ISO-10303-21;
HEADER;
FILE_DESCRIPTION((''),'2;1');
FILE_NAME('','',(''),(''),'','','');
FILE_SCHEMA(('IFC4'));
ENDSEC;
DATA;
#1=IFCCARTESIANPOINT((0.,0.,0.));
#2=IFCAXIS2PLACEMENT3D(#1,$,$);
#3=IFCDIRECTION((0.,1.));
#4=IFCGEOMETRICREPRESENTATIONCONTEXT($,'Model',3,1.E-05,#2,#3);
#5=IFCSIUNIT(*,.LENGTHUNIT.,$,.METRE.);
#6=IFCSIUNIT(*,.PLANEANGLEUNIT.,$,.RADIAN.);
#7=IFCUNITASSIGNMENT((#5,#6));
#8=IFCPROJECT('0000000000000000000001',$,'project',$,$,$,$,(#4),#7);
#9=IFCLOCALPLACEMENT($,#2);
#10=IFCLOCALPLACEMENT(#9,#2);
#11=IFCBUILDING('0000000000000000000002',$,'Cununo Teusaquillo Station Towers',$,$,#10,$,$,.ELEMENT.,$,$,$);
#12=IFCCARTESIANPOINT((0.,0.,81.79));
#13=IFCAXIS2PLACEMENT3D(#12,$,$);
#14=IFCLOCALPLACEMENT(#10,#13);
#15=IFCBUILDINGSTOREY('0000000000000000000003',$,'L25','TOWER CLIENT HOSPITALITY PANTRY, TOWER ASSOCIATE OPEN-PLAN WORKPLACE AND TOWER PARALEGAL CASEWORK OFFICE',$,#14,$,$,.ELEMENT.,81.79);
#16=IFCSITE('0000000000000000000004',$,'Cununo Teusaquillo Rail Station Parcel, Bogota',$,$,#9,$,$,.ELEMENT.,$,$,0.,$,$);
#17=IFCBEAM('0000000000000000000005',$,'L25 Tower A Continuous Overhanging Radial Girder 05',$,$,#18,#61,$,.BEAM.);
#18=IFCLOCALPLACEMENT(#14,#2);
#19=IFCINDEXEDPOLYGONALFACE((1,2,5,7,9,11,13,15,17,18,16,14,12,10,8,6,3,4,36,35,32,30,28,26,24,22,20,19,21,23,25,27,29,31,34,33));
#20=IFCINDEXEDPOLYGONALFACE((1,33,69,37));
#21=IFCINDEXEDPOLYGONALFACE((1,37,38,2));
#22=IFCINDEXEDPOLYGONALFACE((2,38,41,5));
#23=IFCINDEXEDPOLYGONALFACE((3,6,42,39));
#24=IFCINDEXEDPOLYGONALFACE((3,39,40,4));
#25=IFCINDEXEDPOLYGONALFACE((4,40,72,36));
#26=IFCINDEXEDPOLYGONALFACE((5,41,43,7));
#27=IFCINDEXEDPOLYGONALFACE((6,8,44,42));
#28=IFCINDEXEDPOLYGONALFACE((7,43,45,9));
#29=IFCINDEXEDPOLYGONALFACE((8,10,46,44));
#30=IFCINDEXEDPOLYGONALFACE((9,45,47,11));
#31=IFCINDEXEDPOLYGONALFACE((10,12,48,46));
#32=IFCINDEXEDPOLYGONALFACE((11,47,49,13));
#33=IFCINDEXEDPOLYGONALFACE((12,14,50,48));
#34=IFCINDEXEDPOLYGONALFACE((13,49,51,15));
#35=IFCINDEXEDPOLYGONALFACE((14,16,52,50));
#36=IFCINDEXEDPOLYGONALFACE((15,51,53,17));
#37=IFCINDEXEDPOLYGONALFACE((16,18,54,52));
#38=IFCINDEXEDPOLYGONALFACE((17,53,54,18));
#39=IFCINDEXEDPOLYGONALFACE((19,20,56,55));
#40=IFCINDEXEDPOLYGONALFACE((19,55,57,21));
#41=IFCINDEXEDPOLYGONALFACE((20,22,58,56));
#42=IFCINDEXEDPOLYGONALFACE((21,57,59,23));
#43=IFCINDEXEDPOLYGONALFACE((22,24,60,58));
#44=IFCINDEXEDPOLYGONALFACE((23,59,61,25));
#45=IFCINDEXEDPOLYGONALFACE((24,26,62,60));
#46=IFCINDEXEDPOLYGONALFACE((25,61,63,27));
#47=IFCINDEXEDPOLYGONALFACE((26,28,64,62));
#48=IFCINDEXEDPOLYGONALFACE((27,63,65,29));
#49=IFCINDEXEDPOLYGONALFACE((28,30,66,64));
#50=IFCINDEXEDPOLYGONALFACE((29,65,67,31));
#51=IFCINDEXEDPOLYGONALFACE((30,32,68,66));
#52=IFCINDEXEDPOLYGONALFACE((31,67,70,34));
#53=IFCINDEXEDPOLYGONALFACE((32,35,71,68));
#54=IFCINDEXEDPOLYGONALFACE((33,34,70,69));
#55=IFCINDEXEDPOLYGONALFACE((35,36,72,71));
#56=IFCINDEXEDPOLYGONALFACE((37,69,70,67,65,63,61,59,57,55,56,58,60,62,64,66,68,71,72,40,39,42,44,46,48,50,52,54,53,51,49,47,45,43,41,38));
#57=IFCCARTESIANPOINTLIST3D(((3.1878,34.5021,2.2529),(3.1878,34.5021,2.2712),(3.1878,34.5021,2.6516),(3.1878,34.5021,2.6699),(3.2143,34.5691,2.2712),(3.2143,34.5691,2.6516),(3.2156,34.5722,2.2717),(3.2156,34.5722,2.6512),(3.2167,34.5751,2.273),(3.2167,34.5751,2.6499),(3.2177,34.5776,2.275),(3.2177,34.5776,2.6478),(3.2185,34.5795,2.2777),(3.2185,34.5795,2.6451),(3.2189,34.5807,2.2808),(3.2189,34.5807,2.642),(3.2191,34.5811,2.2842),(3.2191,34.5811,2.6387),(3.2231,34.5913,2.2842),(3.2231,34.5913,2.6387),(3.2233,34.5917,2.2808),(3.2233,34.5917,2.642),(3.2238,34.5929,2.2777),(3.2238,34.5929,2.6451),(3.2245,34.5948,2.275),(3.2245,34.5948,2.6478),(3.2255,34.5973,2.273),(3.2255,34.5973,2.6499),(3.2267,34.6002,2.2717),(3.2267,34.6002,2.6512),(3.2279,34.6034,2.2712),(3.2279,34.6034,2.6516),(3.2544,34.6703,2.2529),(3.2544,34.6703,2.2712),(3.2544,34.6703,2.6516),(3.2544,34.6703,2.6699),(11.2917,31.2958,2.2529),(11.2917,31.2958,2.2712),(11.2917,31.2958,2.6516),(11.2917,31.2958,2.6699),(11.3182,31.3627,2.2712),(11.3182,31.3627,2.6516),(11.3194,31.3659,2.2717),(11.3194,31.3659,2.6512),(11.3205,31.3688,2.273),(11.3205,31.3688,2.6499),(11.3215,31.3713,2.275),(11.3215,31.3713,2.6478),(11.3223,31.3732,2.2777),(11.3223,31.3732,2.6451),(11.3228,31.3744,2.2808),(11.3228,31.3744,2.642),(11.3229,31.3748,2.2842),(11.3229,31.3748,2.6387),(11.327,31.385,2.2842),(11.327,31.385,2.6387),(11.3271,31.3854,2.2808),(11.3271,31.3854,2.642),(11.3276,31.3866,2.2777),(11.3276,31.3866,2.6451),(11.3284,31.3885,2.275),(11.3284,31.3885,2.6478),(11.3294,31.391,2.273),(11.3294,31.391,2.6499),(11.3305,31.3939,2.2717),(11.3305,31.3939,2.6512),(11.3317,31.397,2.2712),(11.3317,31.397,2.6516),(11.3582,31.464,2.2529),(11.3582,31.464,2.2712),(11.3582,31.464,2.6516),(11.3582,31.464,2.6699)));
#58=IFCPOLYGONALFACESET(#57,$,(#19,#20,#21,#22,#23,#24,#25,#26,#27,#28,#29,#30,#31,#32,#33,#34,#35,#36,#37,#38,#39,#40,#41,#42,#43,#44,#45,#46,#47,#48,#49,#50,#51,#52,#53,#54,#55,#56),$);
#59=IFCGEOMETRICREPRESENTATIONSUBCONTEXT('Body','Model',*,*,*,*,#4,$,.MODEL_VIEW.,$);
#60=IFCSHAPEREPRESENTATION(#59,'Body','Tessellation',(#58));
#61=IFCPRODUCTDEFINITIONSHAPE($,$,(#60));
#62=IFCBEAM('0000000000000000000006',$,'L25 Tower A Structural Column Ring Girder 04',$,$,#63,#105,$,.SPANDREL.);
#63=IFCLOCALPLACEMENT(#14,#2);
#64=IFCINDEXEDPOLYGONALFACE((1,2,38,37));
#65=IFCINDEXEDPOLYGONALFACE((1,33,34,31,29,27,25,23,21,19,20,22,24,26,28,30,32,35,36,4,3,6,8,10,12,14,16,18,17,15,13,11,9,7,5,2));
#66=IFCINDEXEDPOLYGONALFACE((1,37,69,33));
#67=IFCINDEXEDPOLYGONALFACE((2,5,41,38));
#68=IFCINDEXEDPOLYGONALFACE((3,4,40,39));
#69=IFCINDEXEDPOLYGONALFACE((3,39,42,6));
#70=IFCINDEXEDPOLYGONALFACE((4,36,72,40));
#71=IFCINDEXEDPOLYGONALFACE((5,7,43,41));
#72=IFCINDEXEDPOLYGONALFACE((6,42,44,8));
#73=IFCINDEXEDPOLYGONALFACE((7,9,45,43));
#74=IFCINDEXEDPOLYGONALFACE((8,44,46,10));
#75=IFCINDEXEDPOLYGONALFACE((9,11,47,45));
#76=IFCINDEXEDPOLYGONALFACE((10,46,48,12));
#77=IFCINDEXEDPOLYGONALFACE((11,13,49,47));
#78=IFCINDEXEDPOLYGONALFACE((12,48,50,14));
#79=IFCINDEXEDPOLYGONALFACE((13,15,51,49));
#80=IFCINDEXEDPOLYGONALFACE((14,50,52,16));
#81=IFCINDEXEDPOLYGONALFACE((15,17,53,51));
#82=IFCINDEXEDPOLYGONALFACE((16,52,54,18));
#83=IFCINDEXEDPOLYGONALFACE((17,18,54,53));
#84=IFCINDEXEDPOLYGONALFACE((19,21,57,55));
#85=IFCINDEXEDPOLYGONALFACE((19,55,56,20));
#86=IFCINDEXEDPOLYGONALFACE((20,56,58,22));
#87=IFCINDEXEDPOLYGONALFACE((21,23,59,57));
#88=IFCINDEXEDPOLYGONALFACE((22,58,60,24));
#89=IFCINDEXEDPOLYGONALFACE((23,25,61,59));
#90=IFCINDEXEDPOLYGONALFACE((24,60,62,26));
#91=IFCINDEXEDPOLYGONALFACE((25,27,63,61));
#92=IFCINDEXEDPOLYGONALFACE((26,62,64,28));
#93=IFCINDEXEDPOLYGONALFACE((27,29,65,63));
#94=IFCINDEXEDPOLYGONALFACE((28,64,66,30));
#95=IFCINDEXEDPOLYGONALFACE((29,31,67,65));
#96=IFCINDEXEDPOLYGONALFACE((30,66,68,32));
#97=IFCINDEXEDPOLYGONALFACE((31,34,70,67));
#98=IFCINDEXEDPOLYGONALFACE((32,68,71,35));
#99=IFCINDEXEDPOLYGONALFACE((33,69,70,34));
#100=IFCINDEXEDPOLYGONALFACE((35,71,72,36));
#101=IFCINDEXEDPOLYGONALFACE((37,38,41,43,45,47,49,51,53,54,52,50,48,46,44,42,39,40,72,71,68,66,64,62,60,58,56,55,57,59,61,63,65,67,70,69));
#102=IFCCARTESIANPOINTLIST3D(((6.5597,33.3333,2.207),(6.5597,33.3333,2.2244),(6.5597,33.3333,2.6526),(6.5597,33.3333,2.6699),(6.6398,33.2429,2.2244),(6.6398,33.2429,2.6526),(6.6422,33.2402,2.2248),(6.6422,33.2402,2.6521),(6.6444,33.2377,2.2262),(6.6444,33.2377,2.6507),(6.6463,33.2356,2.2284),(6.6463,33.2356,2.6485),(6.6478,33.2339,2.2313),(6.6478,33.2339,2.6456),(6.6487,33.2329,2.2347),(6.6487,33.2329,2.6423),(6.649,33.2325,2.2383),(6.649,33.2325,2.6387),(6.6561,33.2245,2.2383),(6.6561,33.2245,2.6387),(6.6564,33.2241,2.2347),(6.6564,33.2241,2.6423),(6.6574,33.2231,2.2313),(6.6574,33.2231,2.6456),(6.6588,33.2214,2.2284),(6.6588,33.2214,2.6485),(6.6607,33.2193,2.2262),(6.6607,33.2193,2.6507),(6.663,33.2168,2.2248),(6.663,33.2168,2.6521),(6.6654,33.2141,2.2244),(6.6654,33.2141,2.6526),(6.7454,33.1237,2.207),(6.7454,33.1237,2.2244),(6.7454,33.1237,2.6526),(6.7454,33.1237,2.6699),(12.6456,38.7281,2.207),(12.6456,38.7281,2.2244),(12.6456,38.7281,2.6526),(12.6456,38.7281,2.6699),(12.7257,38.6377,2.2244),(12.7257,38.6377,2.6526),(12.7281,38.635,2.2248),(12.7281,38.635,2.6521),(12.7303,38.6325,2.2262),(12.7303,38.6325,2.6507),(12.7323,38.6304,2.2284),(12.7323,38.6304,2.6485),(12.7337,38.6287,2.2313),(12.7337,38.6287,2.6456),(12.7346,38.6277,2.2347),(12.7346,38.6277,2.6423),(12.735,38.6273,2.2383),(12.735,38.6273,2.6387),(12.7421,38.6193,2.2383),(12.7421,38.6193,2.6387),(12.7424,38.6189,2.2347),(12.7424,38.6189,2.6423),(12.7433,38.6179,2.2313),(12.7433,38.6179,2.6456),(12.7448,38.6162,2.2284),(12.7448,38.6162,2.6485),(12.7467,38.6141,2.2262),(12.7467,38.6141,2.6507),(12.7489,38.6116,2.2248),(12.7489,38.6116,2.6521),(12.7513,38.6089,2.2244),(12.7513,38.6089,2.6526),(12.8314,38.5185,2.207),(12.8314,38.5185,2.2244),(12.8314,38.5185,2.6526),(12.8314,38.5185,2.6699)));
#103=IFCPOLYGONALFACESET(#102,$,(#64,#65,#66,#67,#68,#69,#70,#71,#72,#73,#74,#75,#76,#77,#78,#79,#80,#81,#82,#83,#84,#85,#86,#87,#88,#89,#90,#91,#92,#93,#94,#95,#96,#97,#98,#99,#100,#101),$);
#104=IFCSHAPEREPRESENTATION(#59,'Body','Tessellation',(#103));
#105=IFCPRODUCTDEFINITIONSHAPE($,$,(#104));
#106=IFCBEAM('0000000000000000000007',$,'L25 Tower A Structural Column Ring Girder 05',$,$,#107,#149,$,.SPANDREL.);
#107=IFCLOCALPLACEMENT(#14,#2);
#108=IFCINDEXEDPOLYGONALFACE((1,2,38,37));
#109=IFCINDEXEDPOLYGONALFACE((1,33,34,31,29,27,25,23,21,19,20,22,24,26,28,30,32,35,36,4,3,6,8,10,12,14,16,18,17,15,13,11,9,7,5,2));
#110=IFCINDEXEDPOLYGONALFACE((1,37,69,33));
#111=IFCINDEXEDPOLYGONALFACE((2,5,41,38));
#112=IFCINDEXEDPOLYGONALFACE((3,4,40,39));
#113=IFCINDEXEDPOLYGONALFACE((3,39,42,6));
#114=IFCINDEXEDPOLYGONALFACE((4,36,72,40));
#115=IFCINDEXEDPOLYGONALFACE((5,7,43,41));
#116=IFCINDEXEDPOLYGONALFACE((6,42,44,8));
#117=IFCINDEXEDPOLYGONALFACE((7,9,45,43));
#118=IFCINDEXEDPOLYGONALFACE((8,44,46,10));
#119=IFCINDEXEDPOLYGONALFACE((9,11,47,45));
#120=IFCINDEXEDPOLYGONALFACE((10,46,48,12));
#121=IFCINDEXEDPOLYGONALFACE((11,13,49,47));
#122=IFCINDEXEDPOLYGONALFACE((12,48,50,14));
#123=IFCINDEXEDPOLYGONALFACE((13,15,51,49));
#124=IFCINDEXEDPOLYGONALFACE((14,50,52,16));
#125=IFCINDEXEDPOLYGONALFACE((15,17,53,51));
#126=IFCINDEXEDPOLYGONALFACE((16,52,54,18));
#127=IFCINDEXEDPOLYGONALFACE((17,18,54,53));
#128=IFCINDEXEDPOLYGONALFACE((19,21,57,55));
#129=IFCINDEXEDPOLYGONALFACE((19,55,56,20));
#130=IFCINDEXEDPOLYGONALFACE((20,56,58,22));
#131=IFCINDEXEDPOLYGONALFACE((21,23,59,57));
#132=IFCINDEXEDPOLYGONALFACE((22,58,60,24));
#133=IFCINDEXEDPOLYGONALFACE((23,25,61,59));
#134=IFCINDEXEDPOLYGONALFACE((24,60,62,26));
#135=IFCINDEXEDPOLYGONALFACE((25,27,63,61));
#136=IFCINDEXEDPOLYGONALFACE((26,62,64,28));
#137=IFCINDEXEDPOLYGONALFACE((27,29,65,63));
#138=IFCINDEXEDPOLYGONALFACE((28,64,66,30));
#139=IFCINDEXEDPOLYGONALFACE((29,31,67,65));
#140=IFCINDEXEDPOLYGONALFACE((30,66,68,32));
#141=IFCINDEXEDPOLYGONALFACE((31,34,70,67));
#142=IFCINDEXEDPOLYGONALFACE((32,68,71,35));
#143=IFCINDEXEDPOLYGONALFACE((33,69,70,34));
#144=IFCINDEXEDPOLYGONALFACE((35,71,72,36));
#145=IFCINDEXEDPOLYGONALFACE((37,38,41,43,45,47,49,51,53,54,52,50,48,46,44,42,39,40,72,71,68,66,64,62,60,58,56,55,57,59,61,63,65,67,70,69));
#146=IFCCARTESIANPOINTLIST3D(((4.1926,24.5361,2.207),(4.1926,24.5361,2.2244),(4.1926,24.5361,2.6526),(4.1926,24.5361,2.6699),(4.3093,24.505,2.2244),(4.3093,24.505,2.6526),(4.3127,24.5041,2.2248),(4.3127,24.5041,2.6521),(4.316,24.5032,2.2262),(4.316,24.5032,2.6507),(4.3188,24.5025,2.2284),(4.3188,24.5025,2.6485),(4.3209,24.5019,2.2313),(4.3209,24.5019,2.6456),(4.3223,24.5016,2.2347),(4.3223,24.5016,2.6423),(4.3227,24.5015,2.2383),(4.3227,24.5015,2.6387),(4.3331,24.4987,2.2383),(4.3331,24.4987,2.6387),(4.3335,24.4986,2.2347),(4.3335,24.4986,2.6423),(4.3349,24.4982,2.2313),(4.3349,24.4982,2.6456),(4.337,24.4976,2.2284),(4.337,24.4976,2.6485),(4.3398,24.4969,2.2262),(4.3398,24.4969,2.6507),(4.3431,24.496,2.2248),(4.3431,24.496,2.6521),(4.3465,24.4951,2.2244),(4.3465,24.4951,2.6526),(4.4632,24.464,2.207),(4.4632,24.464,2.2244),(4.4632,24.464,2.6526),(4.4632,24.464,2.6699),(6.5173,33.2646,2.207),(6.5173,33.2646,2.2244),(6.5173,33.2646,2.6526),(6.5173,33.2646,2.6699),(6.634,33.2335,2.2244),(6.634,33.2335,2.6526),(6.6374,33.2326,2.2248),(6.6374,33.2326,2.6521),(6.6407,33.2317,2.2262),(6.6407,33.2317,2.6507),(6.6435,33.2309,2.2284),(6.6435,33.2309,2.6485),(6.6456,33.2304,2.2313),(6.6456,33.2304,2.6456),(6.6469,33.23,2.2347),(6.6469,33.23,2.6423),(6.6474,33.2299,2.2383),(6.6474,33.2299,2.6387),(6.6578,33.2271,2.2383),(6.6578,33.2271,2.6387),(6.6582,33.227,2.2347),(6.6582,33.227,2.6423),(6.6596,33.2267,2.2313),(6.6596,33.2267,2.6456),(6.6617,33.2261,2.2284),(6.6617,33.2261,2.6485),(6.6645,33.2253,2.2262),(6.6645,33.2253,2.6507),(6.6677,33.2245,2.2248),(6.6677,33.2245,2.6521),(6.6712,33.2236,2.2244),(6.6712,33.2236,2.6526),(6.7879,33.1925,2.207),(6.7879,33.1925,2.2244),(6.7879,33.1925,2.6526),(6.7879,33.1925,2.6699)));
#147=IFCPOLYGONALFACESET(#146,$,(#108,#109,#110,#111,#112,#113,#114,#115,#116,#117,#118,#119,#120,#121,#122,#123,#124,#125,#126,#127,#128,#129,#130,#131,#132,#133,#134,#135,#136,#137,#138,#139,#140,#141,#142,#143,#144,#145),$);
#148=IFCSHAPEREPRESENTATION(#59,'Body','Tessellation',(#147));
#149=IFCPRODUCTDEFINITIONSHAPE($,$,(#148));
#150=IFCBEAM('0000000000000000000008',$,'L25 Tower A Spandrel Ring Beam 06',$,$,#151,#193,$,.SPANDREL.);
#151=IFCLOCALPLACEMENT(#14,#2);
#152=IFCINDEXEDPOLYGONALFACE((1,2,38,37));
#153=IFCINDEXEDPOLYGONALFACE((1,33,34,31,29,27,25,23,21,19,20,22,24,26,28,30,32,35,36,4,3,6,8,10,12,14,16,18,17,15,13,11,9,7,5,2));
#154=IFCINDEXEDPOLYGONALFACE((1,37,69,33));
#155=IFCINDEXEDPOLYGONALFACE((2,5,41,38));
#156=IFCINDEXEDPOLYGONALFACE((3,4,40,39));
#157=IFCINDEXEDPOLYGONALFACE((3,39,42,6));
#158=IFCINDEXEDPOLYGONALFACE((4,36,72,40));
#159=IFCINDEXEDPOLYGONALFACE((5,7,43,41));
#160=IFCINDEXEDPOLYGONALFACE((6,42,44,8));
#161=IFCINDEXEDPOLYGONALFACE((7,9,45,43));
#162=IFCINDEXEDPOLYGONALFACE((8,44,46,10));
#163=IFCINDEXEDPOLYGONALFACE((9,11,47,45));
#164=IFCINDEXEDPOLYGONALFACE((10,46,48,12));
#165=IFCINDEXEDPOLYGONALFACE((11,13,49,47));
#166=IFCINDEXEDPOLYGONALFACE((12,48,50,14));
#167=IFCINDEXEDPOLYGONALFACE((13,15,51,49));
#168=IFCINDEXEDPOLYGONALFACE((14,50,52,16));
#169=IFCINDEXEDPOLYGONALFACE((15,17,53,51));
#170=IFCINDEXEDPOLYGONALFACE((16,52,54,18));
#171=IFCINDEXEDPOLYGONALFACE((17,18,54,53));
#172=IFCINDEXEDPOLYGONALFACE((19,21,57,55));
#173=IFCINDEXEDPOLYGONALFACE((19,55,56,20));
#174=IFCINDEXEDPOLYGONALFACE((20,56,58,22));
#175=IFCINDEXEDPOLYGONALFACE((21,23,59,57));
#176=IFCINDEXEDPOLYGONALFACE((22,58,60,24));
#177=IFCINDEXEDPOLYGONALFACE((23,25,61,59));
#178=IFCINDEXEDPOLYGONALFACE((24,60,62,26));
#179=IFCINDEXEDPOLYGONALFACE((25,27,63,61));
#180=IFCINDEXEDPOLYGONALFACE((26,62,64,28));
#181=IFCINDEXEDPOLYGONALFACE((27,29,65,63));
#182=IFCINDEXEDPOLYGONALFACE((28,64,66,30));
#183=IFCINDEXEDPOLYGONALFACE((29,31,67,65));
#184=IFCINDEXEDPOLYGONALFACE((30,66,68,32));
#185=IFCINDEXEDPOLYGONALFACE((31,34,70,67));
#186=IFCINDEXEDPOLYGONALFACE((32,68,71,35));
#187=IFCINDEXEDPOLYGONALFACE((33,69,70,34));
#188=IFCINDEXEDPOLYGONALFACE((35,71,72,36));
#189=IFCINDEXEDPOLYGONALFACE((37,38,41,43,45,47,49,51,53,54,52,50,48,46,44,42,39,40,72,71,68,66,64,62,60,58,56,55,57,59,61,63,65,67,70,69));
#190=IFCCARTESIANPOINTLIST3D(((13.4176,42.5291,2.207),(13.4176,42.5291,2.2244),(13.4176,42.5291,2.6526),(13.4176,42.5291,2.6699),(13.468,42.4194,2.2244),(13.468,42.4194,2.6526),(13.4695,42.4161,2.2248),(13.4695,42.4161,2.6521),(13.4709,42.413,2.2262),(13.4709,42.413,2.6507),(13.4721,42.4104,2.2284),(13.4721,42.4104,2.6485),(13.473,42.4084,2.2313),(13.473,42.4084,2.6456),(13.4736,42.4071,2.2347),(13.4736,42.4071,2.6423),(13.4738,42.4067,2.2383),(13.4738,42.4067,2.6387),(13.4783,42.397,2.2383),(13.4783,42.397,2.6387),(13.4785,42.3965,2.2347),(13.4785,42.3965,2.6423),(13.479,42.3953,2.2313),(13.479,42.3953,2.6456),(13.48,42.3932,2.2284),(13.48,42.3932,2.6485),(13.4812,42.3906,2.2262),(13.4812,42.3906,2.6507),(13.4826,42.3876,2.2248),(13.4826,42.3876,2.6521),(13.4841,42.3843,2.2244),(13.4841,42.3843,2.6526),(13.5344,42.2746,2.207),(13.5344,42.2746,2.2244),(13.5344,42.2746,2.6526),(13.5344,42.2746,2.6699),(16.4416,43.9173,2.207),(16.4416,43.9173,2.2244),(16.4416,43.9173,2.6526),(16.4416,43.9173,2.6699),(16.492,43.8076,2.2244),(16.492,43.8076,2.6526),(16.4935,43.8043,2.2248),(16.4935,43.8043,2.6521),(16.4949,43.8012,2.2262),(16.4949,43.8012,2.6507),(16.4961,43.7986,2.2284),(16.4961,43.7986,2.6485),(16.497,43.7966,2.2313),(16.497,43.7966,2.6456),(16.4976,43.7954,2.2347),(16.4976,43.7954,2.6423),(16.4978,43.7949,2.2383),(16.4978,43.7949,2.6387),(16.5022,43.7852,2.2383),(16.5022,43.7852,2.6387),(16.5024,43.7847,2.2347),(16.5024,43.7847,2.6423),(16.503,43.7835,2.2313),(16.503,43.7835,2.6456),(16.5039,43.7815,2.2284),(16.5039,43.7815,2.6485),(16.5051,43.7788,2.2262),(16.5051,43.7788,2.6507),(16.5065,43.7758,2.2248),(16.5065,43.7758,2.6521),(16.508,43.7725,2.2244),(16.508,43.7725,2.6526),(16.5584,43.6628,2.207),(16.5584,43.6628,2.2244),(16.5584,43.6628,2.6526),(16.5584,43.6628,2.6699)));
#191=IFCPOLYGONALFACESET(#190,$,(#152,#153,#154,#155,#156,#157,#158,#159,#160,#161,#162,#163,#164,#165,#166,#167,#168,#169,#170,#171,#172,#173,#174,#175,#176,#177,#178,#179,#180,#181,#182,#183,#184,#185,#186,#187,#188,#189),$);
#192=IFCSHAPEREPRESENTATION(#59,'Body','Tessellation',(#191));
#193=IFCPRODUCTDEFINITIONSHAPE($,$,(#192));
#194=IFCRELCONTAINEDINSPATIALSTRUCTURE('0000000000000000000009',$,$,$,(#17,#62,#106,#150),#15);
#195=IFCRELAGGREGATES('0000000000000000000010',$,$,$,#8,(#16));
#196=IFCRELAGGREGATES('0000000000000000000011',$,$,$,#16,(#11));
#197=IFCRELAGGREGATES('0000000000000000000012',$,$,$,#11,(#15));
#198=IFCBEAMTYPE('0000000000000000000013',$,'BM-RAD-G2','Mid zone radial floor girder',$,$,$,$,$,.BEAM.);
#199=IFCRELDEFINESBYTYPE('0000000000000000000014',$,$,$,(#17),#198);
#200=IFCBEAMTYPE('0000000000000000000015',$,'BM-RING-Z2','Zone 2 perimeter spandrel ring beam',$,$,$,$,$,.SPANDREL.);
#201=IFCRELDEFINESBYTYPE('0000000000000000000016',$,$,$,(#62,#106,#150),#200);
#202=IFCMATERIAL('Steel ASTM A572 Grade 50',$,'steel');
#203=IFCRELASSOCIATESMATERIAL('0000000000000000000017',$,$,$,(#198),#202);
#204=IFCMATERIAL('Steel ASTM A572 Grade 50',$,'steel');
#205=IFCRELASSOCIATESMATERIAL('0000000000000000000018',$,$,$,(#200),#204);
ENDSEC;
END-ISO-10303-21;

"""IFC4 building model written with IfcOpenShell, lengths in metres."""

from ifc_helpers import new_model, si_unit, direction, frame, origin, origin_2d, place, context, subcontext, project, spatial, i_section, extrude, material, material_profile, profile_set, type_object, element, save


model = new_model("IFC4")

# Units and contexts
model_context = context("Model", 3, precision=1e-05, world=origin(), true_north=direction((0.0, 1.0)))
body_context = subcontext(model_context, "Body", "Model", "MODEL_VIEW")
ifc_project = project(units=[si_unit("LENGTHUNIT", "METRE"), si_unit("PLANEANGLEUNIT", "RADIAN")], contexts=[model_context])

# Site, building, storey
site_placement = place(None, origin())
site = spatial("IfcSite", under=ifc_project, at=site_placement, Name="Cununo Teusaquillo Rail Station Parcel, Bogota", CompositionType="ELEMENT", RefElevation=0.0)
building_placement = place(site_placement, origin())
building = spatial("IfcBuilding", under=site, at=building_placement, Name="Cununo Teusaquillo Station Towers", CompositionType="ELEMENT")
storey_placement = place(building_placement, frame((0.0, 0.0, 81.79)))
storey = spatial("IfcBuildingStorey", under=building, at=storey_placement, Name="L25", Description="TOWER CLIENT HOSPITALITY PANTRY, TOWER ASSOCIATE OPEN-PLAN WORKPLACE AND TOWER PARALEGAL CASEWORK OFFICE", CompositionType="ELEMENT", Elevation=81.79)

# Beams
ifc_material_1 = material(Name="Steel ASTM A572 Grade 50", Category="steel")
ifc_material_profile_1 = material_profile(ifc_material_1, i_section(OverallWidth=0.1809, OverallDepth=0.417, WebThickness=0.011, FlangeThickness=0.0183, FilletRadius=0.0129, at=origin_2d()), Name="W16X57")
ifc_profile_set_1 = profile_set([ifc_material_profile_1], Name="Steel ASTM A572 Grade 50")
beam_type_1 = type_object("IfcBeamType", Name="BM-RAD-G2", Description="Mid zone radial floor girder", PredefinedType="BEAM", material=ifc_profile_set_1)
beam_1_placement = place(storey_placement, frame((11.325, 31.3799, 2.4614), z_axis=(-0.929863, 0.367906, 0.0), x_axis=(-0.367906, -0.929863, 0.0)))
element("IfcBeam", 1, at=beam_1_placement, inside=storey, type_object=beam_type_1, Name="L25 Tower A Continuous Overhanging Radial Girder 05", PredefinedType="BEAM", context=body_context, shape_type="SweptSolid", body=[
    extrude(i_section(OverallWidth=0.1809, OverallDepth=0.417, WebThickness=0.011, FlangeThickness=0.0183, FilletRadius=0.0129, at=origin_2d()), origin(), (0.0, 0.0, 1.0), 8.7151),
])
ifc_material_2 = material(Name="Steel ASTM A572 Grade 50", Category="steel")
ifc_material_profile_2 = material_profile(ifc_material_2, i_section(OverallWidth=0.28, OverallDepth=0.4629, WebThickness=0.0107, FlangeThickness=0.0173, FilletRadius=0.0139, at=origin_2d()), Name="W18X76")
ifc_profile_set_2 = profile_set([ifc_material_profile_2], Name="Steel ASTM A572 Grade 50")
beam_type_2 = type_object("IfcBeamType", Name="BM-RING-Z2", Description="Zone 2 perimeter spandrel ring beam", PredefinedType="SPANDREL", material=ifc_profile_set_2)
beam_2_placement = place(storey_placement, frame((12.7385, 38.6233, 2.4385), z_axis=(-0.748321, -0.663337, 0.0), x_axis=(0.663337, -0.748321, 0.0)))
element("IfcBeam", 2, at=beam_2_placement, inside=storey, type_object=beam_type_2, Name="L25 Tower A Structural Column Ring Girder 04", PredefinedType="SPANDREL", context=body_context, shape_type="SweptSolid", body=[
    extrude(i_section(OverallWidth=0.28, OverallDepth=0.4629, WebThickness=0.0107, FlangeThickness=0.0173, FilletRadius=0.0139, at=origin_2d()), origin(), (0.0, 0.0, 1.0), 8.1328),
])
beam_3_placement = place(storey_placement, frame((6.6526, 33.2285, 2.4385), z_axis=(-0.257363, -0.966315, 0.0), x_axis=(0.966315, -0.257363, 0.0)))
element("IfcBeam", 3, at=beam_3_placement, inside=storey, type_object=beam_type_2, Name="L25 Tower A Structural Column Ring Girder 05", PredefinedType="SPANDREL", context=body_context, shape_type="SweptSolid", body=[
    extrude(i_section(OverallWidth=0.28, OverallDepth=0.4629, WebThickness=0.0107, FlangeThickness=0.0173, FilletRadius=0.0139, at=origin_2d()), origin(), (0.0, 0.0, 1.0), 9.0327),
])
beam_4_placement = place(storey_placement, frame((16.5, 43.79, 2.4385), z_axis=(-0.908812, -0.417205, 0.0), x_axis=(0.417205, -0.908812, 0.0)))
element("IfcBeam", 4, at=beam_4_placement, inside=storey, type_object=beam_type_2, Name="L25 Tower A Spandrel Ring Beam 06", PredefinedType="SPANDREL", context=body_context, shape_type="SweptSolid", body=[
    extrude(i_section(OverallWidth=0.28, OverallDepth=0.4629, WebThickness=0.0107, FlangeThickness=0.0173, FilletRadius=0.0139, at=origin_2d()), origin(), (0.0, 0.0, 1.0), 3.3274),
])

save(model, "model.ifc")
